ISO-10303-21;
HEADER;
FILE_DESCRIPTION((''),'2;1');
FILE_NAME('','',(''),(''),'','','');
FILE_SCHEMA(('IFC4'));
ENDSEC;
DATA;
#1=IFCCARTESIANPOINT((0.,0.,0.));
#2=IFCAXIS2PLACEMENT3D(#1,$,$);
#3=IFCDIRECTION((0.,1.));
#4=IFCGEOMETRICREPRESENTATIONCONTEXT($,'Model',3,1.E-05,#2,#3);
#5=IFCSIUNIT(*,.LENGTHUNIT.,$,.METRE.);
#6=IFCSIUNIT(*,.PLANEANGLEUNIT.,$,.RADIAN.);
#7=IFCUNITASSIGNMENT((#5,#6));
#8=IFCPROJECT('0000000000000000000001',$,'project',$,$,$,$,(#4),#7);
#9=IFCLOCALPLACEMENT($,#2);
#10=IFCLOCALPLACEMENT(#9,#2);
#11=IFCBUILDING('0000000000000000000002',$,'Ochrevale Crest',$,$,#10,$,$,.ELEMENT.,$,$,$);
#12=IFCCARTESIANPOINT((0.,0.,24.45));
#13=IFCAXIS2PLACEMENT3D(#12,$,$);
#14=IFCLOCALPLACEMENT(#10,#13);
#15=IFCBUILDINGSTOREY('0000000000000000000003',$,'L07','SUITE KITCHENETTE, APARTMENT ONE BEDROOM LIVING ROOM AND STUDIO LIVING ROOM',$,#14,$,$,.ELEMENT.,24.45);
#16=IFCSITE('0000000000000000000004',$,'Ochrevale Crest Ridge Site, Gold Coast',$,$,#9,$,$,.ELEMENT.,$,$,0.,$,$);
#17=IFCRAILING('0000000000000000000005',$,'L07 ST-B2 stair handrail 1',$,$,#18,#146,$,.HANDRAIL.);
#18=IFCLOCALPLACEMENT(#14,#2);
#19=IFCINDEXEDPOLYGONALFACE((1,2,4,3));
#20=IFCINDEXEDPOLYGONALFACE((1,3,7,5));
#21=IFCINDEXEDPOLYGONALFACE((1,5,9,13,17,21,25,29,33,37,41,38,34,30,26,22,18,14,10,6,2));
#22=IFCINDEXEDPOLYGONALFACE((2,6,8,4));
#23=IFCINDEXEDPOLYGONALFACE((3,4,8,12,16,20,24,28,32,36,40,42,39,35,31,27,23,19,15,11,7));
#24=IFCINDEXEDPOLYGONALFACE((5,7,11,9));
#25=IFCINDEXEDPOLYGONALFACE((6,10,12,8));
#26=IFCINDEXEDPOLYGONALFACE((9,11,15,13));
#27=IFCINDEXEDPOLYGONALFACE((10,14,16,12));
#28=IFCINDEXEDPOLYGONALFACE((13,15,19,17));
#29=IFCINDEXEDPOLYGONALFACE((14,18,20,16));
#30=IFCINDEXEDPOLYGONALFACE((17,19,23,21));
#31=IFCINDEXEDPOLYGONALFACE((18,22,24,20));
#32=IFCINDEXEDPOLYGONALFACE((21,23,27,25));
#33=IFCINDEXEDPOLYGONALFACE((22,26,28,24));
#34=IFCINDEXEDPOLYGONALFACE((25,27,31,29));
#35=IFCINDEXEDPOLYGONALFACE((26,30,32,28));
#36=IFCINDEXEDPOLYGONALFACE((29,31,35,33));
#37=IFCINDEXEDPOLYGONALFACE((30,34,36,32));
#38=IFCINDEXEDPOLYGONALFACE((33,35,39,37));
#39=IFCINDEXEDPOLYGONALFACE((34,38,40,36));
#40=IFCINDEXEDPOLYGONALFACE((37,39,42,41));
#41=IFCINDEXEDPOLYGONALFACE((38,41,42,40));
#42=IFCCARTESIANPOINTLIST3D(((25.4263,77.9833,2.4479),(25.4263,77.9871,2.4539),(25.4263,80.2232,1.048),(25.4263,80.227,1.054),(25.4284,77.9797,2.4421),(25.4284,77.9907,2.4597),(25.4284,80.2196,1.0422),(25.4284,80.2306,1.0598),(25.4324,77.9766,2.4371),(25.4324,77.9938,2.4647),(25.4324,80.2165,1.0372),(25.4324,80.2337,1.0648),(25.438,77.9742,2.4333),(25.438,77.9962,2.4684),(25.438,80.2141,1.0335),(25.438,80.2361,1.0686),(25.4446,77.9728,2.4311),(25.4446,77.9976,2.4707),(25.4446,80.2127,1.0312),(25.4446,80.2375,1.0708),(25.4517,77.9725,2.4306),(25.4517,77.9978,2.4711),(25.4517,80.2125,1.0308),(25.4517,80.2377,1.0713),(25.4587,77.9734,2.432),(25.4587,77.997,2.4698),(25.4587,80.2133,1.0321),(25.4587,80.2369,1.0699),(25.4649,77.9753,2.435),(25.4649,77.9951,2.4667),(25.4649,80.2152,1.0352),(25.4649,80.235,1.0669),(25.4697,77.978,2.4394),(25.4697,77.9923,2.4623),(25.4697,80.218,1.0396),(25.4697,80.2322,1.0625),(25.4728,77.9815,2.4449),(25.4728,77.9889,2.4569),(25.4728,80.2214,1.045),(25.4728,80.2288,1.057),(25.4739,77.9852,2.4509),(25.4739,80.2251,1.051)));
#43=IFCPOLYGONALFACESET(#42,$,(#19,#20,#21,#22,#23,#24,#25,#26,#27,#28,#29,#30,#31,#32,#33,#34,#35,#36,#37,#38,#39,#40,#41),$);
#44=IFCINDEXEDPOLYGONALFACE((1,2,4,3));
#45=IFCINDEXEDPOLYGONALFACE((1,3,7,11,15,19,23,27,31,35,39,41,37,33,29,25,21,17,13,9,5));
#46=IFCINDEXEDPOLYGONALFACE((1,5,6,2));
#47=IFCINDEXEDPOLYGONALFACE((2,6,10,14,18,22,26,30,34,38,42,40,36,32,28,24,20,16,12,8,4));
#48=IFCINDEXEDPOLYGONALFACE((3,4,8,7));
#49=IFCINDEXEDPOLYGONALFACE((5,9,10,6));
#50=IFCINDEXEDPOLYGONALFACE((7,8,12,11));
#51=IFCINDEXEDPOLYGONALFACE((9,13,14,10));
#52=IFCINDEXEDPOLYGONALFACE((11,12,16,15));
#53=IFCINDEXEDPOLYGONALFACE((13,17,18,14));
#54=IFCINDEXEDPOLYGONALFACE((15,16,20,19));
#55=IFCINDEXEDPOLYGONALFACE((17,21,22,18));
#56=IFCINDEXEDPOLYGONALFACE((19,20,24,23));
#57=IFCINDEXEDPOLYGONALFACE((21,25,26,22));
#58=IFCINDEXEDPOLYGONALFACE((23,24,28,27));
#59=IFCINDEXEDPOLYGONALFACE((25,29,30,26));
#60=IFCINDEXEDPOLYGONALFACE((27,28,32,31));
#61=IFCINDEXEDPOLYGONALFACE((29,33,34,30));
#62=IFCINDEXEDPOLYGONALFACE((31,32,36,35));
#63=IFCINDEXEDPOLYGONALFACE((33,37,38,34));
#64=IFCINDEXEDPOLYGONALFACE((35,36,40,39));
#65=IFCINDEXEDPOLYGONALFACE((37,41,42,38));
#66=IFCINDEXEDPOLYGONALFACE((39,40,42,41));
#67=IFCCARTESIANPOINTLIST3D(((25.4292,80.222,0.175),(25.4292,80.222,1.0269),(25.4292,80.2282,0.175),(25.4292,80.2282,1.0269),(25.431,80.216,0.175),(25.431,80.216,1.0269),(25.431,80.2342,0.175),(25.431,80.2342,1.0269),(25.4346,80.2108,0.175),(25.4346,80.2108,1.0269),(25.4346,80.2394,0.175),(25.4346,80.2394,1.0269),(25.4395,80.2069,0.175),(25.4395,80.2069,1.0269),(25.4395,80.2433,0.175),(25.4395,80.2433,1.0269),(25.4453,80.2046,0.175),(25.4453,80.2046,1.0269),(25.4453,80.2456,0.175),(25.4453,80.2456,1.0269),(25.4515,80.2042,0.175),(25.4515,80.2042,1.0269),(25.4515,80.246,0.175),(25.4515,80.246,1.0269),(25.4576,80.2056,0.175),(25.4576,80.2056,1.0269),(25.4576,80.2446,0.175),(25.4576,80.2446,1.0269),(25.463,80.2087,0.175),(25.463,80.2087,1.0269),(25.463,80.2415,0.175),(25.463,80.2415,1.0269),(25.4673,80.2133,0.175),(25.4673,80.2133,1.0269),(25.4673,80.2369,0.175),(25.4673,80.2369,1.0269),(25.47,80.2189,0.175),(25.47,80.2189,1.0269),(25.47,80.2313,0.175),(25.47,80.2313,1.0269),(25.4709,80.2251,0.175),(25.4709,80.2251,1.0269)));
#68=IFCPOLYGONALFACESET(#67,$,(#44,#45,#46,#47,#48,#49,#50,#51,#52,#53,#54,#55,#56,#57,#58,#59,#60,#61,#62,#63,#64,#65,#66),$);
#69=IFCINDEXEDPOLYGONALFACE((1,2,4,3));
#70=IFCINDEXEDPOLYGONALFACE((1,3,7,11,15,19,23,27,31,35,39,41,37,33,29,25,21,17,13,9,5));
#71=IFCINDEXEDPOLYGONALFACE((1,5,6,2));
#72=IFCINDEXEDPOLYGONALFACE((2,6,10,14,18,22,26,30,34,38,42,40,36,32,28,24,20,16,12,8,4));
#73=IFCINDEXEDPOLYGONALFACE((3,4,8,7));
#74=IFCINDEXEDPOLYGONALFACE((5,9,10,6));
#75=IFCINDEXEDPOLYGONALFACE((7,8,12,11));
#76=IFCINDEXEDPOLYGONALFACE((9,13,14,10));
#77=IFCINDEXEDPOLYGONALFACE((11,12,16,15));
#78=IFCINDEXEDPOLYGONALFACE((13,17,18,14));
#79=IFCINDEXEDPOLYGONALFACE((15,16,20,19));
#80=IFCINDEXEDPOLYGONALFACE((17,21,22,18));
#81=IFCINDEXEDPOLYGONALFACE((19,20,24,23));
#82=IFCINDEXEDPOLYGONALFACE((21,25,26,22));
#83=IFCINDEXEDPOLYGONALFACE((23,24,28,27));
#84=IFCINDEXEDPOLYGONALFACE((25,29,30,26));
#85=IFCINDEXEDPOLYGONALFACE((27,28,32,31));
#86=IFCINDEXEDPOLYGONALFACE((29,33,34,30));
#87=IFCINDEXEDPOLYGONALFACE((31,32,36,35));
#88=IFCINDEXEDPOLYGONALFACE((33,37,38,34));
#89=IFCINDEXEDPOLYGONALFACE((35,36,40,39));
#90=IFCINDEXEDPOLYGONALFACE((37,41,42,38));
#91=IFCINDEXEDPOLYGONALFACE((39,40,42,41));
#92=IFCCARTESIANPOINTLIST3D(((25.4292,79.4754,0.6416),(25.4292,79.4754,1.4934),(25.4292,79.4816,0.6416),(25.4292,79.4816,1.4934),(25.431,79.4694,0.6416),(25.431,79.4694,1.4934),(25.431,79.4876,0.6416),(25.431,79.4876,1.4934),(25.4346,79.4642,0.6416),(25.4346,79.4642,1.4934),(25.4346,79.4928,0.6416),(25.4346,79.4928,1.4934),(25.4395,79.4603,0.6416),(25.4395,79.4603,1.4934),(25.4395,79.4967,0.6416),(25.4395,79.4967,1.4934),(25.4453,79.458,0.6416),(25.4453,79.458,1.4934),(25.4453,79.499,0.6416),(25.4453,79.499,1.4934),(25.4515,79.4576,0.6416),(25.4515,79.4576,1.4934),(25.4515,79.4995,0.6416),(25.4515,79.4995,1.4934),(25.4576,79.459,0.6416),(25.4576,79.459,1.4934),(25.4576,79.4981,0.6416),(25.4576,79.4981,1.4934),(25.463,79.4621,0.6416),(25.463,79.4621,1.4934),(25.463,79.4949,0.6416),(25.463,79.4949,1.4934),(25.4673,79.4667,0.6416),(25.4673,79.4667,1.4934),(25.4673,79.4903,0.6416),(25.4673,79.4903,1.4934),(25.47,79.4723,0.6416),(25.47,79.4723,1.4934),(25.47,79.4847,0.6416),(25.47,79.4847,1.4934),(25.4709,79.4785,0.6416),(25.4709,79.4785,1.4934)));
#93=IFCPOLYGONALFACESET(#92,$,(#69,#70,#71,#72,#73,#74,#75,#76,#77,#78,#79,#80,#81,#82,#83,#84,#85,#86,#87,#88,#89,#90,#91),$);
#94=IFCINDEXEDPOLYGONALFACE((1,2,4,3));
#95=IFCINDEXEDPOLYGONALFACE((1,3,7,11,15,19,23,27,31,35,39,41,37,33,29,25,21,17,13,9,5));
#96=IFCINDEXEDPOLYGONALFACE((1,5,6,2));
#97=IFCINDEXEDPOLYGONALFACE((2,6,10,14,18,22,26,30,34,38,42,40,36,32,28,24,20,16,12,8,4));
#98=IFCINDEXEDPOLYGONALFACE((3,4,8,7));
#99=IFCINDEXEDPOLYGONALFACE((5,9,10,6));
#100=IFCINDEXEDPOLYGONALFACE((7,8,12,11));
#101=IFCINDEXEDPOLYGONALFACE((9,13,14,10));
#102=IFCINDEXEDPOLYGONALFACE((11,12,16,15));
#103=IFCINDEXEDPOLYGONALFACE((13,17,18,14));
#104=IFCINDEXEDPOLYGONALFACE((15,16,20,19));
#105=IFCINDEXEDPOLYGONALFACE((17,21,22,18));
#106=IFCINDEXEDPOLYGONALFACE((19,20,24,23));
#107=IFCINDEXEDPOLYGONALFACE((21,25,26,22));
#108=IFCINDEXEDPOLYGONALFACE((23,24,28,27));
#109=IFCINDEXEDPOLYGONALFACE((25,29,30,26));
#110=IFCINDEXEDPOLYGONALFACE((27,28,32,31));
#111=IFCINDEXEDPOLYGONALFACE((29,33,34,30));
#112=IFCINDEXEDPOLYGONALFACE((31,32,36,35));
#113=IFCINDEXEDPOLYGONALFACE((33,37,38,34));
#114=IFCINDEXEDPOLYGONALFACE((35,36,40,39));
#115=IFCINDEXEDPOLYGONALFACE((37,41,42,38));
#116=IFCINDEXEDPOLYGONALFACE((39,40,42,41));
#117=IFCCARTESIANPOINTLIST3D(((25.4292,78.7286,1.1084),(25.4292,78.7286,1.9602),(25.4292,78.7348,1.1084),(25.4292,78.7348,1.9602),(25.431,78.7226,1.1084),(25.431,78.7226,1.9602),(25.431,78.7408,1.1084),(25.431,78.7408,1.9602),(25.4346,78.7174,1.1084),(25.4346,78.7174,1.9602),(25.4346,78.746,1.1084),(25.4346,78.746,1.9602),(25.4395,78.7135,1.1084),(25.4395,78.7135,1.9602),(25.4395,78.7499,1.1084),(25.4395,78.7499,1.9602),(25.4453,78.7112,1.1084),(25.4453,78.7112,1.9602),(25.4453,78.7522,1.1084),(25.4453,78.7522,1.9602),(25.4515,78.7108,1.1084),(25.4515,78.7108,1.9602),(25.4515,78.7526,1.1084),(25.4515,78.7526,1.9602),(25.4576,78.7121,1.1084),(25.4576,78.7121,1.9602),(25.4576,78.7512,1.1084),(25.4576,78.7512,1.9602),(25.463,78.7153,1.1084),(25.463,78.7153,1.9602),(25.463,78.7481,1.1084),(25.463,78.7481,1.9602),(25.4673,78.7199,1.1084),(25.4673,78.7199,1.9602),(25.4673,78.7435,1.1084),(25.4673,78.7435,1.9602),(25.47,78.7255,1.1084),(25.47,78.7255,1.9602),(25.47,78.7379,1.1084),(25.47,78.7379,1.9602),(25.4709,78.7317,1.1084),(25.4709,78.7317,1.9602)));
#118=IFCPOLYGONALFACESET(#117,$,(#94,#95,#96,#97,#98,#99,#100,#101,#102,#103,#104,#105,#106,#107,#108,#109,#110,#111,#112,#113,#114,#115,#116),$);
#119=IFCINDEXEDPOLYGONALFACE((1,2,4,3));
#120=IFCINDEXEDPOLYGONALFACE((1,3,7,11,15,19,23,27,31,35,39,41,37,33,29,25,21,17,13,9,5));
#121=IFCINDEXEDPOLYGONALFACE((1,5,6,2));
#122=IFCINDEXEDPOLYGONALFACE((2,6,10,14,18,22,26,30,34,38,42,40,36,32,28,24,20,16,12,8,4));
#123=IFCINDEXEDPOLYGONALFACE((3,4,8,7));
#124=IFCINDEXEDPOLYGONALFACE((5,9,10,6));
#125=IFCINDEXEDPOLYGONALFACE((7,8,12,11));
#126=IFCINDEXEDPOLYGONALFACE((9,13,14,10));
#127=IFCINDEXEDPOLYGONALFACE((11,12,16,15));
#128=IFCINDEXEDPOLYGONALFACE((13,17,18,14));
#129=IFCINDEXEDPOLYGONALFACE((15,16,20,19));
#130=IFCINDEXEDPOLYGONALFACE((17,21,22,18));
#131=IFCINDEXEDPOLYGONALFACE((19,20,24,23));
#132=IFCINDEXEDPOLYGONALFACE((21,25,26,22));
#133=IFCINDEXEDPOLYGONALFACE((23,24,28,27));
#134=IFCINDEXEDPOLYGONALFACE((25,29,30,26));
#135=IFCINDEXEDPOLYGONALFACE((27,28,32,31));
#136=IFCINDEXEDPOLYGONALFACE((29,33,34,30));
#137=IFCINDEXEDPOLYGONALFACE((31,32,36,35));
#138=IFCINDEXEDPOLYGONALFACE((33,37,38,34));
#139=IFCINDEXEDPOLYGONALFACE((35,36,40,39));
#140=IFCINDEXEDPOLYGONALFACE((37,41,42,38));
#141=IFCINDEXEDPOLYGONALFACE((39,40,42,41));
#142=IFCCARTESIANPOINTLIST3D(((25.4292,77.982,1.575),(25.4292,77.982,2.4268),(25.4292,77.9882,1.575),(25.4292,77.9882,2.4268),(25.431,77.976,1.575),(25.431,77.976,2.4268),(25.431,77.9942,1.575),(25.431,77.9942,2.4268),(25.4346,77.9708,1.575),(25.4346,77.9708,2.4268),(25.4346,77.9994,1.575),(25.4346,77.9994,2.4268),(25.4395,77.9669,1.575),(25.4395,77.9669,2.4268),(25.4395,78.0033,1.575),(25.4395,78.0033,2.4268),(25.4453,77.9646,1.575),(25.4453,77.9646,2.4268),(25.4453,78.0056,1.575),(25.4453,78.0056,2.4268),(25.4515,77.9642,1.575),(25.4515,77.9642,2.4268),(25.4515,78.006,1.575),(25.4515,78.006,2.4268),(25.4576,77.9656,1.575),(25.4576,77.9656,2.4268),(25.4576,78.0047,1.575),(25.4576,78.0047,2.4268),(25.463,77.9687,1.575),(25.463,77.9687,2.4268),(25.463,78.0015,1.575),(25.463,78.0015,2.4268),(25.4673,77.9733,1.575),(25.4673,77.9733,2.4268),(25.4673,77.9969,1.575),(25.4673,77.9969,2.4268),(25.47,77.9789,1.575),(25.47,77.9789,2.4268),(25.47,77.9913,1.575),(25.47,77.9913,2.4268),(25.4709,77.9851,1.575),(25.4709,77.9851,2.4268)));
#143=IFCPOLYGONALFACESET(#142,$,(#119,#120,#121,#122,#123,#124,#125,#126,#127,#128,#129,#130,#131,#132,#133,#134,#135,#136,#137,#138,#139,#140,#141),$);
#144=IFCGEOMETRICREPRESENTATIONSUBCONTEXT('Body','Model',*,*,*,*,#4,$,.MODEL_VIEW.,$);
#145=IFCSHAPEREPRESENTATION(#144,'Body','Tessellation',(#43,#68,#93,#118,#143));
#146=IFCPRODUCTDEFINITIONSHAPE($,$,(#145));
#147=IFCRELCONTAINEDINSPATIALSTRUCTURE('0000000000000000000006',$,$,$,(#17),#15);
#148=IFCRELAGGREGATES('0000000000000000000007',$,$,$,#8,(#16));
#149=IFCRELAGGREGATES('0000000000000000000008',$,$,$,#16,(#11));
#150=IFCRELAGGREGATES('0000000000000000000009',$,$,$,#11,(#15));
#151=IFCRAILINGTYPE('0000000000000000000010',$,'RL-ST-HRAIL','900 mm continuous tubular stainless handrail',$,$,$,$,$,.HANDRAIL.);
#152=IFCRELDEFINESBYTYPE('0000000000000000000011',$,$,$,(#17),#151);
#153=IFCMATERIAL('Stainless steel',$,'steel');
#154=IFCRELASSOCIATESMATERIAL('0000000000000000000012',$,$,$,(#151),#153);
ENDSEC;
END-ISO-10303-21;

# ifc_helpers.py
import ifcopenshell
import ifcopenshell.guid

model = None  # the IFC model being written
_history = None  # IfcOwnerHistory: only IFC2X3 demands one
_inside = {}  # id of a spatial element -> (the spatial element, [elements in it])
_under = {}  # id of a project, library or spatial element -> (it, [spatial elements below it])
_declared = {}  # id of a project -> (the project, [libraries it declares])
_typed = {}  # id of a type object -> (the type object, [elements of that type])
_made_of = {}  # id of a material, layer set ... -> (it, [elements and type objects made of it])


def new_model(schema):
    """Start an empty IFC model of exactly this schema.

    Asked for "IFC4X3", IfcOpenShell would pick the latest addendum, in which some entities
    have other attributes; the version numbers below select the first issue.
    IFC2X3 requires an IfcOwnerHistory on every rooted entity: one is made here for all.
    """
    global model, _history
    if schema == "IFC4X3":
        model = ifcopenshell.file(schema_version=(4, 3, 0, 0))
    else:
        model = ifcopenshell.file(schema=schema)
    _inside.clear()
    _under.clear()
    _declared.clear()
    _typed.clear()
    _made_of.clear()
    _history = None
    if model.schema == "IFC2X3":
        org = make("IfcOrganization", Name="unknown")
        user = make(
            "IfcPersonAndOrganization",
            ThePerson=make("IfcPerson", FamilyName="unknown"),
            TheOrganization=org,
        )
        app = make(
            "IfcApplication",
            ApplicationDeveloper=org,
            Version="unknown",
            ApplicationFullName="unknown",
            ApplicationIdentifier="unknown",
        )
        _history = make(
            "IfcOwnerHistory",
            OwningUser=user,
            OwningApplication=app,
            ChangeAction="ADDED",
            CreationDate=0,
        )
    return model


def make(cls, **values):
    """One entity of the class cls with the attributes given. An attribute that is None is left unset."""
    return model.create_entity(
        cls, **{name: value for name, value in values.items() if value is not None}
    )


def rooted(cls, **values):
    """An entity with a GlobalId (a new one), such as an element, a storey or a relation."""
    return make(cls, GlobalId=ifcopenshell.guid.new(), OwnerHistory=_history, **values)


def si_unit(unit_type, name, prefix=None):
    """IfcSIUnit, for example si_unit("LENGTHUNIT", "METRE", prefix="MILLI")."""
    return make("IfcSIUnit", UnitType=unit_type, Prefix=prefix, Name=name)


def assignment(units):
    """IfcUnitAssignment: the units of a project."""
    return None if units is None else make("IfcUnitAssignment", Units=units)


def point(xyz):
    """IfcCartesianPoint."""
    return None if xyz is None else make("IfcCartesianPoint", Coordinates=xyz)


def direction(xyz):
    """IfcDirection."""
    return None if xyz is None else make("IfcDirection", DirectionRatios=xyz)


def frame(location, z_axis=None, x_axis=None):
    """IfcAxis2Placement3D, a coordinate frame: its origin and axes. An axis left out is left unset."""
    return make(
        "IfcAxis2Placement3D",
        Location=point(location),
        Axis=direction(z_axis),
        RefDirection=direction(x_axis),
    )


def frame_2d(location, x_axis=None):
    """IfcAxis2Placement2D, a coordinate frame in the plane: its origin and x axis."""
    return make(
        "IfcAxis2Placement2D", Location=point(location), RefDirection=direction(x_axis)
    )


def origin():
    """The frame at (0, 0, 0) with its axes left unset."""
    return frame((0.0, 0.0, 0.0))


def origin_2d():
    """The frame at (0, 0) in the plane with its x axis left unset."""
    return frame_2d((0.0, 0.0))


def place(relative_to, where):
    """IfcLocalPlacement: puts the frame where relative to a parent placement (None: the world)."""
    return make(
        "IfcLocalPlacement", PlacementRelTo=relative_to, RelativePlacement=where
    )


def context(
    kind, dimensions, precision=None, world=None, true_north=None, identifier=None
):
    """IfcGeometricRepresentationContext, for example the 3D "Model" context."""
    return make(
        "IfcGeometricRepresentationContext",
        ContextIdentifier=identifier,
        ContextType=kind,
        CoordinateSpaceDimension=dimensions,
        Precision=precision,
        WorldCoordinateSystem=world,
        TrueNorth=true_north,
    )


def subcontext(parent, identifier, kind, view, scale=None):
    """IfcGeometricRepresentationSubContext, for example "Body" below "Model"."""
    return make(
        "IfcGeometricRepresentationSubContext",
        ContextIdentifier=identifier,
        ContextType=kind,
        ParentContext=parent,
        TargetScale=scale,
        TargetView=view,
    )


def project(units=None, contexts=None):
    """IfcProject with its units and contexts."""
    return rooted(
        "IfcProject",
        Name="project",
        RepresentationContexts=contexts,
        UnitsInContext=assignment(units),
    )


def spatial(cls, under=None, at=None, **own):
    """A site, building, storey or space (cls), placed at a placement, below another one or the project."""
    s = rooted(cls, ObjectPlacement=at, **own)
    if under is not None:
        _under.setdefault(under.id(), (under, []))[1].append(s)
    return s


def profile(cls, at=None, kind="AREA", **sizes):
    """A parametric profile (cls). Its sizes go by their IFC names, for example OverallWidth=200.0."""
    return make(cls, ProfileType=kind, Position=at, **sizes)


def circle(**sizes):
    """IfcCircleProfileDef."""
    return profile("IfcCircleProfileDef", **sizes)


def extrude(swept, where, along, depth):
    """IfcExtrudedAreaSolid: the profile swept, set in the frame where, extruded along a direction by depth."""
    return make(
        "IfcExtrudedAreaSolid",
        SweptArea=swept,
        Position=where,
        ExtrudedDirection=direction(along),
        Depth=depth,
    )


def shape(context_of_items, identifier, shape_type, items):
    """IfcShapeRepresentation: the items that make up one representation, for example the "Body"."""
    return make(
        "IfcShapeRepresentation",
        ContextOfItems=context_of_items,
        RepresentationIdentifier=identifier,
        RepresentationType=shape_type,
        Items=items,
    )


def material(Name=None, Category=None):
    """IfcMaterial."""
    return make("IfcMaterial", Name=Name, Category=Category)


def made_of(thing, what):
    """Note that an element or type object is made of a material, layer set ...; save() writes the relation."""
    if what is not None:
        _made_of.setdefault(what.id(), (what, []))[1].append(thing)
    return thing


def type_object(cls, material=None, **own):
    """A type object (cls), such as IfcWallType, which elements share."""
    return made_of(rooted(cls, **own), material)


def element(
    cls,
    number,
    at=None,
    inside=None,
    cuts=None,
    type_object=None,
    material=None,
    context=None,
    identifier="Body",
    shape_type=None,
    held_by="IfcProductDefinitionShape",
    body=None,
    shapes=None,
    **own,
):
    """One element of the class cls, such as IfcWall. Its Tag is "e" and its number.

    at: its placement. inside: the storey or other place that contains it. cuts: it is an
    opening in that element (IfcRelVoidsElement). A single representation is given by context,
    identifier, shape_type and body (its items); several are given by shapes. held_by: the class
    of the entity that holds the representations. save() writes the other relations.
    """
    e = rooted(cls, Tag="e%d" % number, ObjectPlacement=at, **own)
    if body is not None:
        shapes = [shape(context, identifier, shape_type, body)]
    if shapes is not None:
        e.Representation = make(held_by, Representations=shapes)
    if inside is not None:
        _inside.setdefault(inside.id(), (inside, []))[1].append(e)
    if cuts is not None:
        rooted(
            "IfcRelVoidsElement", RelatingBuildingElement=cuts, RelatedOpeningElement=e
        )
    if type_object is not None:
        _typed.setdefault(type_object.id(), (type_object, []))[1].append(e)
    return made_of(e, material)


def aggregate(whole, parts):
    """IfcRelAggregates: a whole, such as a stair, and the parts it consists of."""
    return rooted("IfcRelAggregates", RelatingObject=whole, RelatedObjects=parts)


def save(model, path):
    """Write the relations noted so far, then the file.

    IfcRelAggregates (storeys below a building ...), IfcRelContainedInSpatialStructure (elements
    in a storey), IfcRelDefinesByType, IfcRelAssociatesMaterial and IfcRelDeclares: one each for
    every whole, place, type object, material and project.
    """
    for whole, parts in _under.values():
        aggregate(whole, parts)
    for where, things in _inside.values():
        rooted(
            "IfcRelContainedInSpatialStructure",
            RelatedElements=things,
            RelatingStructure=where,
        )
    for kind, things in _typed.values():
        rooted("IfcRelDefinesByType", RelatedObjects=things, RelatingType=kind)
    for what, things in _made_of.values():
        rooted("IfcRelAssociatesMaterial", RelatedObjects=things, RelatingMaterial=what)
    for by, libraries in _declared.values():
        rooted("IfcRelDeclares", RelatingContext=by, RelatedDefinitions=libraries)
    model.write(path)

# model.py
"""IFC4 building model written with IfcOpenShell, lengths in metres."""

from ifc_helpers import new_model, si_unit, direction, frame, origin, origin_2d, place, context, subcontext, project, spatial, circle, extrude, material, type_object, element, save


model = new_model("IFC4")

# Units and contexts
model_context = context("Model", 3, precision=1e-05, world=origin(), true_north=direction((0.0, 1.0)))
body_context = subcontext(model_context, "Body", "Model", "MODEL_VIEW")
ifc_project = project(units=[si_unit("LENGTHUNIT", "METRE"), si_unit("PLANEANGLEUNIT", "RADIAN")], contexts=[model_context])

# Site, building, storey
site_placement = place(None, origin())
site = spatial("IfcSite", under=ifc_project, at=site_placement, Name="Ochrevale Crest Ridge Site, Gold Coast", CompositionType="ELEMENT", RefElevation=0.0)
building_placement = place(site_placement, origin())
building = spatial("IfcBuilding", under=site, at=building_placement, Name="Ochrevale Crest", CompositionType="ELEMENT")
storey_placement = place(building_placement, frame((0.0, 0.0, 24.45)))
storey = spatial("IfcBuildingStorey", under=building, at=storey_placement, Name="L07", Description="SUITE KITCHENETTE, APARTMENT ONE BEDROOM LIVING ROOM AND STUDIO LIVING ROOM", CompositionType="ELEMENT", Elevation=24.45)

# Railing
ifc_material_1 = material(Name="Stainless steel", Category="steel")
railing_type_1 = type_object("IfcRailingType", Name="RL-ST-HRAIL", Description="900 mm continuous tubular stainless handrail", PredefinedType="HANDRAIL", material=ifc_material_1)
railing_1_placement = place(storey_placement, frame((25.45, 80.2251, 0.175)))
element("IfcRailing", 1, at=railing_1_placement, inside=storey, type_object=railing_type_1, Name="L07 ST-B2 stair handrail 1", PredefinedType="HANDRAIL", context=body_context, shape_type="SweptSolid", body=[
    extrude(circle(Radius=0.0239, at=origin_2d()), frame((0.0, 0.0, 0.876), z_axis=(0.0, -0.848014, 0.529974), x_axis=(1.0, 0.0, 0.0)), (0.0, 0.0, 1.0), 2.6414),
    extrude(circle(Radius=0.021, at=origin_2d()), origin(), (0.0, 0.0, 1.0), 0.8518),
    extrude(circle(Radius=0.021, at=origin_2d()), frame((0.0, -0.7466, 0.4666)), (0.0, 0.0, 1.0), 0.8518),
    extrude(circle(Radius=0.021, at=origin_2d()), frame((0.0, -1.4934, 0.9333)), (0.0, 0.0, 1.0), 0.8518),
    extrude(circle(Radius=0.021, at=origin_2d()), frame((0.0, -2.24, 1.3999)), (0.0, 0.0, 1.0), 0.8518),
])

save(model, "model.ifc")
